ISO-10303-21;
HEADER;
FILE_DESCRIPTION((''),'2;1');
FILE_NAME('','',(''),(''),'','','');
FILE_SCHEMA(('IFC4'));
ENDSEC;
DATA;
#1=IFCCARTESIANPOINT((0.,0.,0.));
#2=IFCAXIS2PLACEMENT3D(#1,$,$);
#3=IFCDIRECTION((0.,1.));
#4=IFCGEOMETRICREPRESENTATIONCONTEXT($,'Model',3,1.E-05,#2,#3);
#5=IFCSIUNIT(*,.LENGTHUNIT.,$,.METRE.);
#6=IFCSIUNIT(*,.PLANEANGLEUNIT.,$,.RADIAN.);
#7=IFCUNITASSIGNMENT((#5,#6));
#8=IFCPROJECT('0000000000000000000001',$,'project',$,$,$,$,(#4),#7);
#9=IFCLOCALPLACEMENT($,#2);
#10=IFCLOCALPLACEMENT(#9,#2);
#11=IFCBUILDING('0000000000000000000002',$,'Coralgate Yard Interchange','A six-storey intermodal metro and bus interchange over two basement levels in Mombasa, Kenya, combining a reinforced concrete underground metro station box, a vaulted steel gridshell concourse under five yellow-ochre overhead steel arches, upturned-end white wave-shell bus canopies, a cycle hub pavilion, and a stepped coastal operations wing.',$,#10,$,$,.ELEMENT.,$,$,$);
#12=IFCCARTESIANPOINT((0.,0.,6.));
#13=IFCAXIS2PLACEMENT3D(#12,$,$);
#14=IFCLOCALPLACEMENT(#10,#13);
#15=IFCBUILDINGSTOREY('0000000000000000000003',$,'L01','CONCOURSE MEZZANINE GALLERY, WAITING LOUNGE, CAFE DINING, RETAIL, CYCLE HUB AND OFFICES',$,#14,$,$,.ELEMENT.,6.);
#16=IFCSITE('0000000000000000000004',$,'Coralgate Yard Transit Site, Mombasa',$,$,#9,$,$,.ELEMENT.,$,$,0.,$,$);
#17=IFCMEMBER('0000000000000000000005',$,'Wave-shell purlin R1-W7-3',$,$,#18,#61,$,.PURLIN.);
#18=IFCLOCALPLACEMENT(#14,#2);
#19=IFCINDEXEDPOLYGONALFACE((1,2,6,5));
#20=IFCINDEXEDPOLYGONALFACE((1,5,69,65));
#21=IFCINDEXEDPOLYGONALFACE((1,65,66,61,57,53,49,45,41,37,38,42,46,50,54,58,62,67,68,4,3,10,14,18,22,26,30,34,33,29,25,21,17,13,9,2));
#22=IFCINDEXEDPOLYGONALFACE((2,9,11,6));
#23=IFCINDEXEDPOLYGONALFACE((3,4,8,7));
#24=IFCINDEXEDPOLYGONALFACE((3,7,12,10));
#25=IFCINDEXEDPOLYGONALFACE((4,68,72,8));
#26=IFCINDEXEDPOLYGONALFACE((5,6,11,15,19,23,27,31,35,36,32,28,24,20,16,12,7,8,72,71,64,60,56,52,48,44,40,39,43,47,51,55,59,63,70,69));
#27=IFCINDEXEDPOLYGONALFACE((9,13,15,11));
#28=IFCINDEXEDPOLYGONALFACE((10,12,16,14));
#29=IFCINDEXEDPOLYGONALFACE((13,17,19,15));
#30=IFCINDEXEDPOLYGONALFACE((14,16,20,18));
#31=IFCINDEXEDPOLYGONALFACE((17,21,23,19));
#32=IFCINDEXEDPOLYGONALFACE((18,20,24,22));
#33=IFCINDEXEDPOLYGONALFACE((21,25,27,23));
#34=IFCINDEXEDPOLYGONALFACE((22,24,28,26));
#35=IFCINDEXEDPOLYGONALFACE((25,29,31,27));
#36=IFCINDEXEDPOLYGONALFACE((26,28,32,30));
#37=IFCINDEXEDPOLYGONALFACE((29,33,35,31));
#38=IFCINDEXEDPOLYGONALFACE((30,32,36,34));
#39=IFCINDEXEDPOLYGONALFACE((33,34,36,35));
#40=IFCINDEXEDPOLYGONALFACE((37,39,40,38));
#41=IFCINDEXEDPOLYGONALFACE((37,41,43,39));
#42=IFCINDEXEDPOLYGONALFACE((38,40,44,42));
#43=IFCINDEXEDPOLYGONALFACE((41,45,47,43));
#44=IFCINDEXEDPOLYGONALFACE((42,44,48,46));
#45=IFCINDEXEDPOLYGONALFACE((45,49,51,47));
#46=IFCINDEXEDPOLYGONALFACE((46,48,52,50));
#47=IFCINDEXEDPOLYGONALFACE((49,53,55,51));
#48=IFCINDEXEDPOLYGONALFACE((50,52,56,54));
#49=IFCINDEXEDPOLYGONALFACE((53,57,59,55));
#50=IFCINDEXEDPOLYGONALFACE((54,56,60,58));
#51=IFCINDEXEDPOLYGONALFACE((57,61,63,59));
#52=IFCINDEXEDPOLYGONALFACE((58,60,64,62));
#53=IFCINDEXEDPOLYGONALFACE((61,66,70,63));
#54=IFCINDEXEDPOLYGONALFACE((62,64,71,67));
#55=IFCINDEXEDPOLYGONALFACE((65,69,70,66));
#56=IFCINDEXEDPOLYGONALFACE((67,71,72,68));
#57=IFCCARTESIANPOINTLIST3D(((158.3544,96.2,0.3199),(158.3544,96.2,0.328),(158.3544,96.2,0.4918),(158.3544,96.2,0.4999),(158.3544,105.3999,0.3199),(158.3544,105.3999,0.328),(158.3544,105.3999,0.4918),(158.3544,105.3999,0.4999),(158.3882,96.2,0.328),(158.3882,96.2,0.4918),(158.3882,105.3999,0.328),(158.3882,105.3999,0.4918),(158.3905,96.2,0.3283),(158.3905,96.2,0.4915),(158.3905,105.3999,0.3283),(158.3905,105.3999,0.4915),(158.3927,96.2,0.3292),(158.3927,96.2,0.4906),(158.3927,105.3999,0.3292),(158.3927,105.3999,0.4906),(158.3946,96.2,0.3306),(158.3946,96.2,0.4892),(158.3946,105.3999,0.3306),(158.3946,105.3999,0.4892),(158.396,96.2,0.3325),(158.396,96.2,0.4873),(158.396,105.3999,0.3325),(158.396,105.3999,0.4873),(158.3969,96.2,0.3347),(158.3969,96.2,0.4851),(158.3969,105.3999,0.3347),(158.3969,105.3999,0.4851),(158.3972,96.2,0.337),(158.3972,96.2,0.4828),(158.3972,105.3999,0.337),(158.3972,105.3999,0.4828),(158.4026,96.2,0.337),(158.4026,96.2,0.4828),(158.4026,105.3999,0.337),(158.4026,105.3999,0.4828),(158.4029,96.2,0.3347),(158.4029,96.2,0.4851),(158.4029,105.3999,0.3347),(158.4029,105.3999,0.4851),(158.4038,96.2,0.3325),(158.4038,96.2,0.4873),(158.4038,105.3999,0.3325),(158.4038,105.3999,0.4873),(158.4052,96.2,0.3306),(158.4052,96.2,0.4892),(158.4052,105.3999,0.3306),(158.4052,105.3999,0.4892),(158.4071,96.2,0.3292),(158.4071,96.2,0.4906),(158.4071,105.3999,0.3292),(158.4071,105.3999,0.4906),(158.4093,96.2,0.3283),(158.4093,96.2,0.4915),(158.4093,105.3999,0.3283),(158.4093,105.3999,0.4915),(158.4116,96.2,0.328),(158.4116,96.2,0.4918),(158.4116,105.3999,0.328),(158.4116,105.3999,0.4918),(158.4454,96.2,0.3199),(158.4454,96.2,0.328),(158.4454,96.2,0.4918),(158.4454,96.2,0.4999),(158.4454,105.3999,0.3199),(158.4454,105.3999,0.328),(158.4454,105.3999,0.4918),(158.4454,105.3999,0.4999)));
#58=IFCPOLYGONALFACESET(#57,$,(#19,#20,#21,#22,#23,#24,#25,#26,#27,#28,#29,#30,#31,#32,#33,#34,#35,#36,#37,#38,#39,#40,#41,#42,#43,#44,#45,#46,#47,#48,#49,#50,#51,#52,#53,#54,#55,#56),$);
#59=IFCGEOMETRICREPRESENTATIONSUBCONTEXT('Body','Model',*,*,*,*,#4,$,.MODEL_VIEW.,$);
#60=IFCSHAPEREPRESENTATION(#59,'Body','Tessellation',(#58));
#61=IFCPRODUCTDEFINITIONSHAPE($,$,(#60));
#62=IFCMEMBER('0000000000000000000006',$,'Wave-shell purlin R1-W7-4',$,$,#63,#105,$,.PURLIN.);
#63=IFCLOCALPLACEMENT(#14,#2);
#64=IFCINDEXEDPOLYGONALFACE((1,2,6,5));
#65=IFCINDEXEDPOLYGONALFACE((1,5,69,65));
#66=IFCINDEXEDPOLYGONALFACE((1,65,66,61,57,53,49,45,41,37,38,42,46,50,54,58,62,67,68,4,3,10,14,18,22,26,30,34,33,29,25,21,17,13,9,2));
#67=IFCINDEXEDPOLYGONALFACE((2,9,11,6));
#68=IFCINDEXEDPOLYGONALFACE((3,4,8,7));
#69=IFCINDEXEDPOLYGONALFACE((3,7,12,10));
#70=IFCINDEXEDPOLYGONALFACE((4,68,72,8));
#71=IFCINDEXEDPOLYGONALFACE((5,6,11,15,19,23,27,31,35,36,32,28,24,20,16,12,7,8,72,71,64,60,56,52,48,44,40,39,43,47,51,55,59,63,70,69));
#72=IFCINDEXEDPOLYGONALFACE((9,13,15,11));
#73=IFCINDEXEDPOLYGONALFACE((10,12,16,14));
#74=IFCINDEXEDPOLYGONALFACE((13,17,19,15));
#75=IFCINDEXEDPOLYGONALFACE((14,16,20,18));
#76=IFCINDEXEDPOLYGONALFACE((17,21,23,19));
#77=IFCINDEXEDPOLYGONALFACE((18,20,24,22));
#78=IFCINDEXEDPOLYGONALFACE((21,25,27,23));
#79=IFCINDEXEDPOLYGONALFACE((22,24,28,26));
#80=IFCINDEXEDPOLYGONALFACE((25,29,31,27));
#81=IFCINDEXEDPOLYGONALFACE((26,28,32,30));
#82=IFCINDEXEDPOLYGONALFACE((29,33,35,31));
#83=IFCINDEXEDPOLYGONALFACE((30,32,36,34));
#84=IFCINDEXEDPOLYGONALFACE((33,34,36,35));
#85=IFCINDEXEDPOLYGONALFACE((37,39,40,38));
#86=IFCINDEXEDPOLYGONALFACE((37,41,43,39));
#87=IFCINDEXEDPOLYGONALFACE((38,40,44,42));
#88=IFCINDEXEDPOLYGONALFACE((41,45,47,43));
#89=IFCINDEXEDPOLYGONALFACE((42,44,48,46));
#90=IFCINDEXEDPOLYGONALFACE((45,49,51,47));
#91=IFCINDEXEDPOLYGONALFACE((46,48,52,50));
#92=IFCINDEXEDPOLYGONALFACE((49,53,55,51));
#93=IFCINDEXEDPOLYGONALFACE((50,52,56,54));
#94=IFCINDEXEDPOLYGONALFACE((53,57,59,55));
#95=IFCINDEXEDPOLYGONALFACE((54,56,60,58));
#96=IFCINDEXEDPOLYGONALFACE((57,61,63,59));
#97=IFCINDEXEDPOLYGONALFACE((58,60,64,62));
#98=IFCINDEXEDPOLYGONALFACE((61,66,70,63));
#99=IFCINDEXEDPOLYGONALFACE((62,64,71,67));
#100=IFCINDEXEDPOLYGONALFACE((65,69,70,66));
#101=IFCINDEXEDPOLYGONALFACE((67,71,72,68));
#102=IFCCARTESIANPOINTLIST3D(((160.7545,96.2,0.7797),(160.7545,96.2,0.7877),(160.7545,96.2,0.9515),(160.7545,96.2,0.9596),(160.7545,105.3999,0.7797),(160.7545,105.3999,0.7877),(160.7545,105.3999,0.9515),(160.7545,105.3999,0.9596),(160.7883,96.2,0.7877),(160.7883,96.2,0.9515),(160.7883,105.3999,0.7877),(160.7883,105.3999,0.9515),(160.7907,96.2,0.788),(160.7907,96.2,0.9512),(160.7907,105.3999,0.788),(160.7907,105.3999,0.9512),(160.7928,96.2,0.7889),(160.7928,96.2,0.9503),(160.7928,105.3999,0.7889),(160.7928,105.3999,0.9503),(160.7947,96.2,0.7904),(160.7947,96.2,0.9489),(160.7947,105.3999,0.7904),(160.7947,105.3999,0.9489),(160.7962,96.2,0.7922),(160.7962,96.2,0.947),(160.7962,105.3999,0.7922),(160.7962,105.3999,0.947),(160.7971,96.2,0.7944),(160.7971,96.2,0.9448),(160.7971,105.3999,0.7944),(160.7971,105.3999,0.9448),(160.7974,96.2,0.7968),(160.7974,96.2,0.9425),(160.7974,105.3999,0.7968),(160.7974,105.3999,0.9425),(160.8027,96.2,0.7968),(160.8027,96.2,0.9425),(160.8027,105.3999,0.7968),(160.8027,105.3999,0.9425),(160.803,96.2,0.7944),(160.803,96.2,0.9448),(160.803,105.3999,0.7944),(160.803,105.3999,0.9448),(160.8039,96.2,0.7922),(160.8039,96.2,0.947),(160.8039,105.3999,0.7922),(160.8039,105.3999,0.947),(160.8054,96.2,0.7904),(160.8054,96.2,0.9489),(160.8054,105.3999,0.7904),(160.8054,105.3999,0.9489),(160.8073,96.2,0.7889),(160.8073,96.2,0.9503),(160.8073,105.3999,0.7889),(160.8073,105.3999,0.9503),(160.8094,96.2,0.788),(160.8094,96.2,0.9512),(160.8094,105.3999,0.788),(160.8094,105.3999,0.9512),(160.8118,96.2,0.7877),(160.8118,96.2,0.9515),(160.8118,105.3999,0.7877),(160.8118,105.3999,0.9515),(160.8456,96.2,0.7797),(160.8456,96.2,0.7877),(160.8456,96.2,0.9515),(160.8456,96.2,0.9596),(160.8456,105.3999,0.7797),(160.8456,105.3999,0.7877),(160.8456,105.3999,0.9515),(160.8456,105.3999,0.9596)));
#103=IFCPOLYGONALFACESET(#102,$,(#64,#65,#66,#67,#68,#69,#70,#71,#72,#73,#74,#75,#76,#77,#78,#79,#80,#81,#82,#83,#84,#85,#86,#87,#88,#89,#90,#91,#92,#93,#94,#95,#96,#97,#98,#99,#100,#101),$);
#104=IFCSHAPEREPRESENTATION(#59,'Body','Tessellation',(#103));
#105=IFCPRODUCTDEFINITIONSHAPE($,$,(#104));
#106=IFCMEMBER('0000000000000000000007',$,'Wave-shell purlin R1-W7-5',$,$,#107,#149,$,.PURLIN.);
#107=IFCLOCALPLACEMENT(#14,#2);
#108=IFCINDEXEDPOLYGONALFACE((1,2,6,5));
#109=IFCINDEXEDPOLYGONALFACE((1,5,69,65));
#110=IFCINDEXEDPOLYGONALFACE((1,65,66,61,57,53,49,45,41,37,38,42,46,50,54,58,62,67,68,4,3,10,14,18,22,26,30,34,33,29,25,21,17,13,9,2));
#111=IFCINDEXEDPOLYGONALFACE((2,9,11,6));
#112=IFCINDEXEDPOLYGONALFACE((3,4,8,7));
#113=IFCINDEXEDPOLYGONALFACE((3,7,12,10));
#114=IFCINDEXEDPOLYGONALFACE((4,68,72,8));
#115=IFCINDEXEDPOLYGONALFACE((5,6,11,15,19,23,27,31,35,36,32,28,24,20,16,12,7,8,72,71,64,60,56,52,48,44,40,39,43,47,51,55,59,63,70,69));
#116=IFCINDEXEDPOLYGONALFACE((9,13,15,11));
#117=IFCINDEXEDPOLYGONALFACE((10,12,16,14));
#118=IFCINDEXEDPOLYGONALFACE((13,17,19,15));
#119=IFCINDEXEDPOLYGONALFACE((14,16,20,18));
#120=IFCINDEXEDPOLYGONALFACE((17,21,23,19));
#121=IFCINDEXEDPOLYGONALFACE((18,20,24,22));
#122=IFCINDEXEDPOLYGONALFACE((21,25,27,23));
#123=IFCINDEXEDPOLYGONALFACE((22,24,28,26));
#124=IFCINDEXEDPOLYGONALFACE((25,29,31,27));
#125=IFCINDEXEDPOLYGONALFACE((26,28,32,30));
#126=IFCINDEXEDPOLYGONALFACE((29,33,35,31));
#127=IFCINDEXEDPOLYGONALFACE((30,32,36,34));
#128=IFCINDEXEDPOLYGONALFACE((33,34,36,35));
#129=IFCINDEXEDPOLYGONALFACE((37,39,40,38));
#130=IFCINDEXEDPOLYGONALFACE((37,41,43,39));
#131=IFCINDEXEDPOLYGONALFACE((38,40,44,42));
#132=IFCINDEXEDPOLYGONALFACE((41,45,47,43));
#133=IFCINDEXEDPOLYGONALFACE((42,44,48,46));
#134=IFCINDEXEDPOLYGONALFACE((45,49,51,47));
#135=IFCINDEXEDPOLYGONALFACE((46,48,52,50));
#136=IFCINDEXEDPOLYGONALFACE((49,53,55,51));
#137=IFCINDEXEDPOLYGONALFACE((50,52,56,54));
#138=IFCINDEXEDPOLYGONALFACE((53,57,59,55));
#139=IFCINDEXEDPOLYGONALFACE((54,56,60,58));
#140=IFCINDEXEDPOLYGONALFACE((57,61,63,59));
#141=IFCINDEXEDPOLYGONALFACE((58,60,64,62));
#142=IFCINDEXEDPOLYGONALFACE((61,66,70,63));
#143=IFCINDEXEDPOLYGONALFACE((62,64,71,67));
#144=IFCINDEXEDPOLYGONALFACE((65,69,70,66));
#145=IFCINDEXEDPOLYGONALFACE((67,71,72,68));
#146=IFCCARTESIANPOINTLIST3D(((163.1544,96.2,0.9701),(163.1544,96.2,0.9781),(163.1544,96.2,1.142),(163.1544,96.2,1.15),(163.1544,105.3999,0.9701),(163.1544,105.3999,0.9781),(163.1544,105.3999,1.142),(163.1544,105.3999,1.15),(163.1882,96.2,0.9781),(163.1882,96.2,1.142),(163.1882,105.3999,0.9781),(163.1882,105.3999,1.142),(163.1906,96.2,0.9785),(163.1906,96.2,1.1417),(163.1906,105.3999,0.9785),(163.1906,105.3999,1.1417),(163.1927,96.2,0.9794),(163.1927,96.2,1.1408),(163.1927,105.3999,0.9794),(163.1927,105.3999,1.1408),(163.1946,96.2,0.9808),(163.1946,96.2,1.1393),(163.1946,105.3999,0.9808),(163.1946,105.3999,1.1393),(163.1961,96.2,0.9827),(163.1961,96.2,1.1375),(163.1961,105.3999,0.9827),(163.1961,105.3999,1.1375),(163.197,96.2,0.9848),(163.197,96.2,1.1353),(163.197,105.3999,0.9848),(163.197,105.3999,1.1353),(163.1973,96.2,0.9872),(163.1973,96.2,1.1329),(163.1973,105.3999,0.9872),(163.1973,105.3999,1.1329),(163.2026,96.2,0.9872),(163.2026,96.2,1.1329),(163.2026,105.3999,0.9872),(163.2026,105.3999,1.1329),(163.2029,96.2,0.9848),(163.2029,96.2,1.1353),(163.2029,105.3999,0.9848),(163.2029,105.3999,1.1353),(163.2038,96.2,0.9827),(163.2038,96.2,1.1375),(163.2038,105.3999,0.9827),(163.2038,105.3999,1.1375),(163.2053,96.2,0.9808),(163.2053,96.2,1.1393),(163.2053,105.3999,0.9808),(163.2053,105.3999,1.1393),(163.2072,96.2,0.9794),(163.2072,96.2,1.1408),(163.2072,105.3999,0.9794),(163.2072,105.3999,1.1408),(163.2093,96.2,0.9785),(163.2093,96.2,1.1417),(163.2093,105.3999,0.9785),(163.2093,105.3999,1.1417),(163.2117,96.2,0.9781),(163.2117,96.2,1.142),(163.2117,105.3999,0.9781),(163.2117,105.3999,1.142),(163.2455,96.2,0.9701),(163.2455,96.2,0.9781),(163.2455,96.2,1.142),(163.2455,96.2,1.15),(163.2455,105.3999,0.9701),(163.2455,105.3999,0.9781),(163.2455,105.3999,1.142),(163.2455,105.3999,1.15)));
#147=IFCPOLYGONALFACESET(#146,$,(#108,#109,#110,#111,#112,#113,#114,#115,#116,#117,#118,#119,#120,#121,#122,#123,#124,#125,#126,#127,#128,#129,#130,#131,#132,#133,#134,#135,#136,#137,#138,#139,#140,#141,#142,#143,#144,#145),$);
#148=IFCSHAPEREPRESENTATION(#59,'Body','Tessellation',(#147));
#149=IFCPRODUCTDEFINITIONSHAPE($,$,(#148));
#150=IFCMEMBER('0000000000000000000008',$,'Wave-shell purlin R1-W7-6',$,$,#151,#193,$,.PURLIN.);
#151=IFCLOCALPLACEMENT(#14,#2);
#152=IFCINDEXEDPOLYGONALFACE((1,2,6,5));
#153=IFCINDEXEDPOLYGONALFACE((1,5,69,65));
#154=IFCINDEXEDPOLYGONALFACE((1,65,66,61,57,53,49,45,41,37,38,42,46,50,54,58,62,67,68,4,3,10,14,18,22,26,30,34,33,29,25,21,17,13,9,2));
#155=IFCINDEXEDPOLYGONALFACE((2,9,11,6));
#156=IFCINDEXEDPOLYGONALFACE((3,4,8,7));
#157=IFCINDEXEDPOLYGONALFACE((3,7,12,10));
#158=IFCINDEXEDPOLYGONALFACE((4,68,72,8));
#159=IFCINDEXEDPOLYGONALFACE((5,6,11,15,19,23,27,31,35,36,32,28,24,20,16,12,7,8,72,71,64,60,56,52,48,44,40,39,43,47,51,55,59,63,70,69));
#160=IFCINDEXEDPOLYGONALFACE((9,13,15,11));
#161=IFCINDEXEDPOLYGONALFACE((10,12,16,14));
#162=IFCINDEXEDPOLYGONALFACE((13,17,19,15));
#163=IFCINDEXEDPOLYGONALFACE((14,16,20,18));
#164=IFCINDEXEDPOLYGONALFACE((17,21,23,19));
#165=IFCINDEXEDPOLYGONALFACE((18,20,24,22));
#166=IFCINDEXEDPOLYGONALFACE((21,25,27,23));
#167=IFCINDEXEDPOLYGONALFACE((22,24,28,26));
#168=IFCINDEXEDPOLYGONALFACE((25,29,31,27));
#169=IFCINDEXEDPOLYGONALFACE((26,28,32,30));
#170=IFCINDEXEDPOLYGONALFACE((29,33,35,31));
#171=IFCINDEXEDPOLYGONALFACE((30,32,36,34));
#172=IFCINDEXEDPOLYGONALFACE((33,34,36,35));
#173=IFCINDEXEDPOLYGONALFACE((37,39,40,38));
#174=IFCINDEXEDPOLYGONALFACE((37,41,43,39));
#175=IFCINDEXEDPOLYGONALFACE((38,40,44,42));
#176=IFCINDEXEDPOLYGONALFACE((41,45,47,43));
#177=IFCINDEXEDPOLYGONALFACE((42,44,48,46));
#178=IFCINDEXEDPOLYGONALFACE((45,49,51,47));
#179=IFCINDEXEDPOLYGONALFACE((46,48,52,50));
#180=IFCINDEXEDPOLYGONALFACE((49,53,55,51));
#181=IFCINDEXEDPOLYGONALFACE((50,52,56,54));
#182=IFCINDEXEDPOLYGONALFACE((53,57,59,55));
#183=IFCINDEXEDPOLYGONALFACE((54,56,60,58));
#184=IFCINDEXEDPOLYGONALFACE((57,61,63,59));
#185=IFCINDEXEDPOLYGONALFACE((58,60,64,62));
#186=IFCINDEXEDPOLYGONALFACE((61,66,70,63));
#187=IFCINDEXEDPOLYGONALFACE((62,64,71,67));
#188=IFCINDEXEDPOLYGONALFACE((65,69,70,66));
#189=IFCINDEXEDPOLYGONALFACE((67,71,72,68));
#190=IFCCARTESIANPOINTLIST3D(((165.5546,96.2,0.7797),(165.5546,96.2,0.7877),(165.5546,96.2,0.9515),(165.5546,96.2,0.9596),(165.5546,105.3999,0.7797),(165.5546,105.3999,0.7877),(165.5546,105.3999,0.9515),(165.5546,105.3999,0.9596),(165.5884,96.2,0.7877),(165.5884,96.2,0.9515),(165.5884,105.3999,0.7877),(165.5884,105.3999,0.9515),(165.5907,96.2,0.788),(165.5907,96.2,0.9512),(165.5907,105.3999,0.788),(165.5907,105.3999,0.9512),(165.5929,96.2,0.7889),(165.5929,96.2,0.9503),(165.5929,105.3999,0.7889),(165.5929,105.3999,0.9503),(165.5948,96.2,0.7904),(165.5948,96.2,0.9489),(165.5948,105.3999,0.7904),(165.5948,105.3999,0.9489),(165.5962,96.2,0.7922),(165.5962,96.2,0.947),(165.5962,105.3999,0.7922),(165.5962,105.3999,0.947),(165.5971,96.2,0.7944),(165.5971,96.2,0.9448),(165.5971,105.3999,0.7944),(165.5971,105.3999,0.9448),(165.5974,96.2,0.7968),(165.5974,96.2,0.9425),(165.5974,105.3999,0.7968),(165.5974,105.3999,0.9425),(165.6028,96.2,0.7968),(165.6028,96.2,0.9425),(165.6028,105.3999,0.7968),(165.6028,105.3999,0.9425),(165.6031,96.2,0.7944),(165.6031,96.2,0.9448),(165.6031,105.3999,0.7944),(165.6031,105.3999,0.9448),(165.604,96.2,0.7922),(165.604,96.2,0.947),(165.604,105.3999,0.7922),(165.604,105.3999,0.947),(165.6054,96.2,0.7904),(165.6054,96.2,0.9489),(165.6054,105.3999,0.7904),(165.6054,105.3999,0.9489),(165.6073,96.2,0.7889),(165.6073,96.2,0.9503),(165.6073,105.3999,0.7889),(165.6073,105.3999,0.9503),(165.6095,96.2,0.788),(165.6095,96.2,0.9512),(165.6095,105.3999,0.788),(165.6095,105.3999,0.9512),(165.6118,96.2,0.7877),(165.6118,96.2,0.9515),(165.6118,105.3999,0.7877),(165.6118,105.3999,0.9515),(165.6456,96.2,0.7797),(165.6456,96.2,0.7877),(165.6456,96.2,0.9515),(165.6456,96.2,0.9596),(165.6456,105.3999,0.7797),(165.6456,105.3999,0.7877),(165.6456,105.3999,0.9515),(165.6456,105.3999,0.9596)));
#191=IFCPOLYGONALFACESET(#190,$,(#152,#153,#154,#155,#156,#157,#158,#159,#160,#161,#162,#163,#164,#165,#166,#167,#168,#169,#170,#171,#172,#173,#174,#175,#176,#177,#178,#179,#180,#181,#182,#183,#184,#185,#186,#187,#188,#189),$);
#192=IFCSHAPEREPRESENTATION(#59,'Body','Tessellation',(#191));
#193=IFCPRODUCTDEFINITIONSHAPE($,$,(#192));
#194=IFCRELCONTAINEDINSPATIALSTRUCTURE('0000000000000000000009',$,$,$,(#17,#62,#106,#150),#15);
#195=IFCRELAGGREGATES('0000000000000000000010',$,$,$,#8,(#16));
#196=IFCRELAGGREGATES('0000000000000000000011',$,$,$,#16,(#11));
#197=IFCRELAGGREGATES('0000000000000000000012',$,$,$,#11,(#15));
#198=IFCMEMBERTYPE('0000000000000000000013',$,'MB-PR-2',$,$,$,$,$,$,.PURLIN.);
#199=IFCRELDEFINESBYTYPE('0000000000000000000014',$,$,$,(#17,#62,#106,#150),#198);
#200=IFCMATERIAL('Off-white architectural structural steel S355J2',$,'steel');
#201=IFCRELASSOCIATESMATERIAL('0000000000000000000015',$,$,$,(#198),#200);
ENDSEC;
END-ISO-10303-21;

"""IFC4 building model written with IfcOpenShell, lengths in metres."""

from ifc_helpers import new_model, si_unit, direction, frame, origin, origin_2d, place, context, subcontext, project, spatial, i_section, extrude, material, material_profile, profile_set, type_object, element, save


model = new_model("IFC4")

# Units and contexts
model_context = context("Model", 3, precision=1e-05, world=origin(), true_north=direction((0.0, 1.0)))
body_context = subcontext(model_context, "Body", "Model", "MODEL_VIEW")
ifc_project = project(units=[si_unit("LENGTHUNIT", "METRE"), si_unit("PLANEANGLEUNIT", "RADIAN")], contexts=[model_context])

# Site, building, storey
site_placement = place(None, origin())
site = spatial("IfcSite", under=ifc_project, at=site_placement, Name="Coralgate Yard Transit Site, Mombasa", CompositionType="ELEMENT", RefElevation=0.0)
building_placement = place(site_placement, origin())
building = spatial("IfcBuilding", under=site, at=building_placement, Name="Coralgate Yard Interchange", Description="A six-storey intermodal metro and bus interchange over two basement levels in Mombasa, Kenya, combining a reinforced concrete underground metro station box, a vaulted steel gridshell concourse under five yellow-ochre overhead steel arches, upturned-end white wave-shell bus canopies, a cycle hub pavilion, and a stepped coastal operations wing.", CompositionType="ELEMENT")
storey_placement = place(building_placement, frame((0.0, 0.0, 6.0)))
storey = spatial("IfcBuildingStorey", under=building, at=storey_placement, Name="L01", Description="CONCOURSE MEZZANINE GALLERY, WAITING LOUNGE, CAFE DINING, RETAIL, CYCLE HUB AND OFFICES", CompositionType="ELEMENT", Elevation=6.0)

# Shared definitions
ifc_material_1 = material(Name="Off-white architectural structural steel S355J2", Category="steel")

# Members
ifc_material_profile_1 = material_profile(ifc_material_1, i_section(OverallWidth=0.0911, OverallDepth=0.1799, WebThickness=0.0054, FlangeThickness=0.0081, FilletRadius=0.009, at=origin_2d()), Name="IPE 180")
ifc_profile_set_1 = profile_set([ifc_material_profile_1], Name="Off-white architectural structural steel S355J2")
member_type_1 = type_object("IfcMemberType", Name="MB-PR-2", PredefinedType="PURLIN", material=ifc_profile_set_1)
for number, where, z_axis, x_axis, name in (
    (1, (158.3999, 96.2, 0.4099), (0.0, 1.0, 0.0), (-1.0, 0.0, 0.0), "Wave-shell purlin R1-W7-3"),
    (2, (160.8, 96.2, 0.8696), (0.0, 1.0, 0.0), (-1.0, 0.0, 0.0), "Wave-shell purlin R1-W7-4"),
    (3, (163.2, 96.2, 1.0601), (0.0, 1.0, 0.0), (-1.0, 0.0, 0.0), "Wave-shell purlin R1-W7-5"),
    (4, (165.6001, 96.2, 0.8696), (0.0, 1.0, 0.0), (-1.0, 0.0, 0.0), "Wave-shell purlin R1-W7-6"),
):
    element("IfcMember", number, at=place(storey_placement, frame(where, z_axis=z_axis, x_axis=x_axis)), inside=storey, type_object=member_type_1, Name=name, PredefinedType="PURLIN", context=body_context, shape_type="SweptSolid", body=[
        extrude(i_section(OverallWidth=0.0911, OverallDepth=0.1799, WebThickness=0.0054, FlangeThickness=0.0081, FilletRadius=0.009, at=origin_2d()), origin(), (0.0, 0.0, 1.0), 9.2),
    ])

save(model, "model.ifc")
